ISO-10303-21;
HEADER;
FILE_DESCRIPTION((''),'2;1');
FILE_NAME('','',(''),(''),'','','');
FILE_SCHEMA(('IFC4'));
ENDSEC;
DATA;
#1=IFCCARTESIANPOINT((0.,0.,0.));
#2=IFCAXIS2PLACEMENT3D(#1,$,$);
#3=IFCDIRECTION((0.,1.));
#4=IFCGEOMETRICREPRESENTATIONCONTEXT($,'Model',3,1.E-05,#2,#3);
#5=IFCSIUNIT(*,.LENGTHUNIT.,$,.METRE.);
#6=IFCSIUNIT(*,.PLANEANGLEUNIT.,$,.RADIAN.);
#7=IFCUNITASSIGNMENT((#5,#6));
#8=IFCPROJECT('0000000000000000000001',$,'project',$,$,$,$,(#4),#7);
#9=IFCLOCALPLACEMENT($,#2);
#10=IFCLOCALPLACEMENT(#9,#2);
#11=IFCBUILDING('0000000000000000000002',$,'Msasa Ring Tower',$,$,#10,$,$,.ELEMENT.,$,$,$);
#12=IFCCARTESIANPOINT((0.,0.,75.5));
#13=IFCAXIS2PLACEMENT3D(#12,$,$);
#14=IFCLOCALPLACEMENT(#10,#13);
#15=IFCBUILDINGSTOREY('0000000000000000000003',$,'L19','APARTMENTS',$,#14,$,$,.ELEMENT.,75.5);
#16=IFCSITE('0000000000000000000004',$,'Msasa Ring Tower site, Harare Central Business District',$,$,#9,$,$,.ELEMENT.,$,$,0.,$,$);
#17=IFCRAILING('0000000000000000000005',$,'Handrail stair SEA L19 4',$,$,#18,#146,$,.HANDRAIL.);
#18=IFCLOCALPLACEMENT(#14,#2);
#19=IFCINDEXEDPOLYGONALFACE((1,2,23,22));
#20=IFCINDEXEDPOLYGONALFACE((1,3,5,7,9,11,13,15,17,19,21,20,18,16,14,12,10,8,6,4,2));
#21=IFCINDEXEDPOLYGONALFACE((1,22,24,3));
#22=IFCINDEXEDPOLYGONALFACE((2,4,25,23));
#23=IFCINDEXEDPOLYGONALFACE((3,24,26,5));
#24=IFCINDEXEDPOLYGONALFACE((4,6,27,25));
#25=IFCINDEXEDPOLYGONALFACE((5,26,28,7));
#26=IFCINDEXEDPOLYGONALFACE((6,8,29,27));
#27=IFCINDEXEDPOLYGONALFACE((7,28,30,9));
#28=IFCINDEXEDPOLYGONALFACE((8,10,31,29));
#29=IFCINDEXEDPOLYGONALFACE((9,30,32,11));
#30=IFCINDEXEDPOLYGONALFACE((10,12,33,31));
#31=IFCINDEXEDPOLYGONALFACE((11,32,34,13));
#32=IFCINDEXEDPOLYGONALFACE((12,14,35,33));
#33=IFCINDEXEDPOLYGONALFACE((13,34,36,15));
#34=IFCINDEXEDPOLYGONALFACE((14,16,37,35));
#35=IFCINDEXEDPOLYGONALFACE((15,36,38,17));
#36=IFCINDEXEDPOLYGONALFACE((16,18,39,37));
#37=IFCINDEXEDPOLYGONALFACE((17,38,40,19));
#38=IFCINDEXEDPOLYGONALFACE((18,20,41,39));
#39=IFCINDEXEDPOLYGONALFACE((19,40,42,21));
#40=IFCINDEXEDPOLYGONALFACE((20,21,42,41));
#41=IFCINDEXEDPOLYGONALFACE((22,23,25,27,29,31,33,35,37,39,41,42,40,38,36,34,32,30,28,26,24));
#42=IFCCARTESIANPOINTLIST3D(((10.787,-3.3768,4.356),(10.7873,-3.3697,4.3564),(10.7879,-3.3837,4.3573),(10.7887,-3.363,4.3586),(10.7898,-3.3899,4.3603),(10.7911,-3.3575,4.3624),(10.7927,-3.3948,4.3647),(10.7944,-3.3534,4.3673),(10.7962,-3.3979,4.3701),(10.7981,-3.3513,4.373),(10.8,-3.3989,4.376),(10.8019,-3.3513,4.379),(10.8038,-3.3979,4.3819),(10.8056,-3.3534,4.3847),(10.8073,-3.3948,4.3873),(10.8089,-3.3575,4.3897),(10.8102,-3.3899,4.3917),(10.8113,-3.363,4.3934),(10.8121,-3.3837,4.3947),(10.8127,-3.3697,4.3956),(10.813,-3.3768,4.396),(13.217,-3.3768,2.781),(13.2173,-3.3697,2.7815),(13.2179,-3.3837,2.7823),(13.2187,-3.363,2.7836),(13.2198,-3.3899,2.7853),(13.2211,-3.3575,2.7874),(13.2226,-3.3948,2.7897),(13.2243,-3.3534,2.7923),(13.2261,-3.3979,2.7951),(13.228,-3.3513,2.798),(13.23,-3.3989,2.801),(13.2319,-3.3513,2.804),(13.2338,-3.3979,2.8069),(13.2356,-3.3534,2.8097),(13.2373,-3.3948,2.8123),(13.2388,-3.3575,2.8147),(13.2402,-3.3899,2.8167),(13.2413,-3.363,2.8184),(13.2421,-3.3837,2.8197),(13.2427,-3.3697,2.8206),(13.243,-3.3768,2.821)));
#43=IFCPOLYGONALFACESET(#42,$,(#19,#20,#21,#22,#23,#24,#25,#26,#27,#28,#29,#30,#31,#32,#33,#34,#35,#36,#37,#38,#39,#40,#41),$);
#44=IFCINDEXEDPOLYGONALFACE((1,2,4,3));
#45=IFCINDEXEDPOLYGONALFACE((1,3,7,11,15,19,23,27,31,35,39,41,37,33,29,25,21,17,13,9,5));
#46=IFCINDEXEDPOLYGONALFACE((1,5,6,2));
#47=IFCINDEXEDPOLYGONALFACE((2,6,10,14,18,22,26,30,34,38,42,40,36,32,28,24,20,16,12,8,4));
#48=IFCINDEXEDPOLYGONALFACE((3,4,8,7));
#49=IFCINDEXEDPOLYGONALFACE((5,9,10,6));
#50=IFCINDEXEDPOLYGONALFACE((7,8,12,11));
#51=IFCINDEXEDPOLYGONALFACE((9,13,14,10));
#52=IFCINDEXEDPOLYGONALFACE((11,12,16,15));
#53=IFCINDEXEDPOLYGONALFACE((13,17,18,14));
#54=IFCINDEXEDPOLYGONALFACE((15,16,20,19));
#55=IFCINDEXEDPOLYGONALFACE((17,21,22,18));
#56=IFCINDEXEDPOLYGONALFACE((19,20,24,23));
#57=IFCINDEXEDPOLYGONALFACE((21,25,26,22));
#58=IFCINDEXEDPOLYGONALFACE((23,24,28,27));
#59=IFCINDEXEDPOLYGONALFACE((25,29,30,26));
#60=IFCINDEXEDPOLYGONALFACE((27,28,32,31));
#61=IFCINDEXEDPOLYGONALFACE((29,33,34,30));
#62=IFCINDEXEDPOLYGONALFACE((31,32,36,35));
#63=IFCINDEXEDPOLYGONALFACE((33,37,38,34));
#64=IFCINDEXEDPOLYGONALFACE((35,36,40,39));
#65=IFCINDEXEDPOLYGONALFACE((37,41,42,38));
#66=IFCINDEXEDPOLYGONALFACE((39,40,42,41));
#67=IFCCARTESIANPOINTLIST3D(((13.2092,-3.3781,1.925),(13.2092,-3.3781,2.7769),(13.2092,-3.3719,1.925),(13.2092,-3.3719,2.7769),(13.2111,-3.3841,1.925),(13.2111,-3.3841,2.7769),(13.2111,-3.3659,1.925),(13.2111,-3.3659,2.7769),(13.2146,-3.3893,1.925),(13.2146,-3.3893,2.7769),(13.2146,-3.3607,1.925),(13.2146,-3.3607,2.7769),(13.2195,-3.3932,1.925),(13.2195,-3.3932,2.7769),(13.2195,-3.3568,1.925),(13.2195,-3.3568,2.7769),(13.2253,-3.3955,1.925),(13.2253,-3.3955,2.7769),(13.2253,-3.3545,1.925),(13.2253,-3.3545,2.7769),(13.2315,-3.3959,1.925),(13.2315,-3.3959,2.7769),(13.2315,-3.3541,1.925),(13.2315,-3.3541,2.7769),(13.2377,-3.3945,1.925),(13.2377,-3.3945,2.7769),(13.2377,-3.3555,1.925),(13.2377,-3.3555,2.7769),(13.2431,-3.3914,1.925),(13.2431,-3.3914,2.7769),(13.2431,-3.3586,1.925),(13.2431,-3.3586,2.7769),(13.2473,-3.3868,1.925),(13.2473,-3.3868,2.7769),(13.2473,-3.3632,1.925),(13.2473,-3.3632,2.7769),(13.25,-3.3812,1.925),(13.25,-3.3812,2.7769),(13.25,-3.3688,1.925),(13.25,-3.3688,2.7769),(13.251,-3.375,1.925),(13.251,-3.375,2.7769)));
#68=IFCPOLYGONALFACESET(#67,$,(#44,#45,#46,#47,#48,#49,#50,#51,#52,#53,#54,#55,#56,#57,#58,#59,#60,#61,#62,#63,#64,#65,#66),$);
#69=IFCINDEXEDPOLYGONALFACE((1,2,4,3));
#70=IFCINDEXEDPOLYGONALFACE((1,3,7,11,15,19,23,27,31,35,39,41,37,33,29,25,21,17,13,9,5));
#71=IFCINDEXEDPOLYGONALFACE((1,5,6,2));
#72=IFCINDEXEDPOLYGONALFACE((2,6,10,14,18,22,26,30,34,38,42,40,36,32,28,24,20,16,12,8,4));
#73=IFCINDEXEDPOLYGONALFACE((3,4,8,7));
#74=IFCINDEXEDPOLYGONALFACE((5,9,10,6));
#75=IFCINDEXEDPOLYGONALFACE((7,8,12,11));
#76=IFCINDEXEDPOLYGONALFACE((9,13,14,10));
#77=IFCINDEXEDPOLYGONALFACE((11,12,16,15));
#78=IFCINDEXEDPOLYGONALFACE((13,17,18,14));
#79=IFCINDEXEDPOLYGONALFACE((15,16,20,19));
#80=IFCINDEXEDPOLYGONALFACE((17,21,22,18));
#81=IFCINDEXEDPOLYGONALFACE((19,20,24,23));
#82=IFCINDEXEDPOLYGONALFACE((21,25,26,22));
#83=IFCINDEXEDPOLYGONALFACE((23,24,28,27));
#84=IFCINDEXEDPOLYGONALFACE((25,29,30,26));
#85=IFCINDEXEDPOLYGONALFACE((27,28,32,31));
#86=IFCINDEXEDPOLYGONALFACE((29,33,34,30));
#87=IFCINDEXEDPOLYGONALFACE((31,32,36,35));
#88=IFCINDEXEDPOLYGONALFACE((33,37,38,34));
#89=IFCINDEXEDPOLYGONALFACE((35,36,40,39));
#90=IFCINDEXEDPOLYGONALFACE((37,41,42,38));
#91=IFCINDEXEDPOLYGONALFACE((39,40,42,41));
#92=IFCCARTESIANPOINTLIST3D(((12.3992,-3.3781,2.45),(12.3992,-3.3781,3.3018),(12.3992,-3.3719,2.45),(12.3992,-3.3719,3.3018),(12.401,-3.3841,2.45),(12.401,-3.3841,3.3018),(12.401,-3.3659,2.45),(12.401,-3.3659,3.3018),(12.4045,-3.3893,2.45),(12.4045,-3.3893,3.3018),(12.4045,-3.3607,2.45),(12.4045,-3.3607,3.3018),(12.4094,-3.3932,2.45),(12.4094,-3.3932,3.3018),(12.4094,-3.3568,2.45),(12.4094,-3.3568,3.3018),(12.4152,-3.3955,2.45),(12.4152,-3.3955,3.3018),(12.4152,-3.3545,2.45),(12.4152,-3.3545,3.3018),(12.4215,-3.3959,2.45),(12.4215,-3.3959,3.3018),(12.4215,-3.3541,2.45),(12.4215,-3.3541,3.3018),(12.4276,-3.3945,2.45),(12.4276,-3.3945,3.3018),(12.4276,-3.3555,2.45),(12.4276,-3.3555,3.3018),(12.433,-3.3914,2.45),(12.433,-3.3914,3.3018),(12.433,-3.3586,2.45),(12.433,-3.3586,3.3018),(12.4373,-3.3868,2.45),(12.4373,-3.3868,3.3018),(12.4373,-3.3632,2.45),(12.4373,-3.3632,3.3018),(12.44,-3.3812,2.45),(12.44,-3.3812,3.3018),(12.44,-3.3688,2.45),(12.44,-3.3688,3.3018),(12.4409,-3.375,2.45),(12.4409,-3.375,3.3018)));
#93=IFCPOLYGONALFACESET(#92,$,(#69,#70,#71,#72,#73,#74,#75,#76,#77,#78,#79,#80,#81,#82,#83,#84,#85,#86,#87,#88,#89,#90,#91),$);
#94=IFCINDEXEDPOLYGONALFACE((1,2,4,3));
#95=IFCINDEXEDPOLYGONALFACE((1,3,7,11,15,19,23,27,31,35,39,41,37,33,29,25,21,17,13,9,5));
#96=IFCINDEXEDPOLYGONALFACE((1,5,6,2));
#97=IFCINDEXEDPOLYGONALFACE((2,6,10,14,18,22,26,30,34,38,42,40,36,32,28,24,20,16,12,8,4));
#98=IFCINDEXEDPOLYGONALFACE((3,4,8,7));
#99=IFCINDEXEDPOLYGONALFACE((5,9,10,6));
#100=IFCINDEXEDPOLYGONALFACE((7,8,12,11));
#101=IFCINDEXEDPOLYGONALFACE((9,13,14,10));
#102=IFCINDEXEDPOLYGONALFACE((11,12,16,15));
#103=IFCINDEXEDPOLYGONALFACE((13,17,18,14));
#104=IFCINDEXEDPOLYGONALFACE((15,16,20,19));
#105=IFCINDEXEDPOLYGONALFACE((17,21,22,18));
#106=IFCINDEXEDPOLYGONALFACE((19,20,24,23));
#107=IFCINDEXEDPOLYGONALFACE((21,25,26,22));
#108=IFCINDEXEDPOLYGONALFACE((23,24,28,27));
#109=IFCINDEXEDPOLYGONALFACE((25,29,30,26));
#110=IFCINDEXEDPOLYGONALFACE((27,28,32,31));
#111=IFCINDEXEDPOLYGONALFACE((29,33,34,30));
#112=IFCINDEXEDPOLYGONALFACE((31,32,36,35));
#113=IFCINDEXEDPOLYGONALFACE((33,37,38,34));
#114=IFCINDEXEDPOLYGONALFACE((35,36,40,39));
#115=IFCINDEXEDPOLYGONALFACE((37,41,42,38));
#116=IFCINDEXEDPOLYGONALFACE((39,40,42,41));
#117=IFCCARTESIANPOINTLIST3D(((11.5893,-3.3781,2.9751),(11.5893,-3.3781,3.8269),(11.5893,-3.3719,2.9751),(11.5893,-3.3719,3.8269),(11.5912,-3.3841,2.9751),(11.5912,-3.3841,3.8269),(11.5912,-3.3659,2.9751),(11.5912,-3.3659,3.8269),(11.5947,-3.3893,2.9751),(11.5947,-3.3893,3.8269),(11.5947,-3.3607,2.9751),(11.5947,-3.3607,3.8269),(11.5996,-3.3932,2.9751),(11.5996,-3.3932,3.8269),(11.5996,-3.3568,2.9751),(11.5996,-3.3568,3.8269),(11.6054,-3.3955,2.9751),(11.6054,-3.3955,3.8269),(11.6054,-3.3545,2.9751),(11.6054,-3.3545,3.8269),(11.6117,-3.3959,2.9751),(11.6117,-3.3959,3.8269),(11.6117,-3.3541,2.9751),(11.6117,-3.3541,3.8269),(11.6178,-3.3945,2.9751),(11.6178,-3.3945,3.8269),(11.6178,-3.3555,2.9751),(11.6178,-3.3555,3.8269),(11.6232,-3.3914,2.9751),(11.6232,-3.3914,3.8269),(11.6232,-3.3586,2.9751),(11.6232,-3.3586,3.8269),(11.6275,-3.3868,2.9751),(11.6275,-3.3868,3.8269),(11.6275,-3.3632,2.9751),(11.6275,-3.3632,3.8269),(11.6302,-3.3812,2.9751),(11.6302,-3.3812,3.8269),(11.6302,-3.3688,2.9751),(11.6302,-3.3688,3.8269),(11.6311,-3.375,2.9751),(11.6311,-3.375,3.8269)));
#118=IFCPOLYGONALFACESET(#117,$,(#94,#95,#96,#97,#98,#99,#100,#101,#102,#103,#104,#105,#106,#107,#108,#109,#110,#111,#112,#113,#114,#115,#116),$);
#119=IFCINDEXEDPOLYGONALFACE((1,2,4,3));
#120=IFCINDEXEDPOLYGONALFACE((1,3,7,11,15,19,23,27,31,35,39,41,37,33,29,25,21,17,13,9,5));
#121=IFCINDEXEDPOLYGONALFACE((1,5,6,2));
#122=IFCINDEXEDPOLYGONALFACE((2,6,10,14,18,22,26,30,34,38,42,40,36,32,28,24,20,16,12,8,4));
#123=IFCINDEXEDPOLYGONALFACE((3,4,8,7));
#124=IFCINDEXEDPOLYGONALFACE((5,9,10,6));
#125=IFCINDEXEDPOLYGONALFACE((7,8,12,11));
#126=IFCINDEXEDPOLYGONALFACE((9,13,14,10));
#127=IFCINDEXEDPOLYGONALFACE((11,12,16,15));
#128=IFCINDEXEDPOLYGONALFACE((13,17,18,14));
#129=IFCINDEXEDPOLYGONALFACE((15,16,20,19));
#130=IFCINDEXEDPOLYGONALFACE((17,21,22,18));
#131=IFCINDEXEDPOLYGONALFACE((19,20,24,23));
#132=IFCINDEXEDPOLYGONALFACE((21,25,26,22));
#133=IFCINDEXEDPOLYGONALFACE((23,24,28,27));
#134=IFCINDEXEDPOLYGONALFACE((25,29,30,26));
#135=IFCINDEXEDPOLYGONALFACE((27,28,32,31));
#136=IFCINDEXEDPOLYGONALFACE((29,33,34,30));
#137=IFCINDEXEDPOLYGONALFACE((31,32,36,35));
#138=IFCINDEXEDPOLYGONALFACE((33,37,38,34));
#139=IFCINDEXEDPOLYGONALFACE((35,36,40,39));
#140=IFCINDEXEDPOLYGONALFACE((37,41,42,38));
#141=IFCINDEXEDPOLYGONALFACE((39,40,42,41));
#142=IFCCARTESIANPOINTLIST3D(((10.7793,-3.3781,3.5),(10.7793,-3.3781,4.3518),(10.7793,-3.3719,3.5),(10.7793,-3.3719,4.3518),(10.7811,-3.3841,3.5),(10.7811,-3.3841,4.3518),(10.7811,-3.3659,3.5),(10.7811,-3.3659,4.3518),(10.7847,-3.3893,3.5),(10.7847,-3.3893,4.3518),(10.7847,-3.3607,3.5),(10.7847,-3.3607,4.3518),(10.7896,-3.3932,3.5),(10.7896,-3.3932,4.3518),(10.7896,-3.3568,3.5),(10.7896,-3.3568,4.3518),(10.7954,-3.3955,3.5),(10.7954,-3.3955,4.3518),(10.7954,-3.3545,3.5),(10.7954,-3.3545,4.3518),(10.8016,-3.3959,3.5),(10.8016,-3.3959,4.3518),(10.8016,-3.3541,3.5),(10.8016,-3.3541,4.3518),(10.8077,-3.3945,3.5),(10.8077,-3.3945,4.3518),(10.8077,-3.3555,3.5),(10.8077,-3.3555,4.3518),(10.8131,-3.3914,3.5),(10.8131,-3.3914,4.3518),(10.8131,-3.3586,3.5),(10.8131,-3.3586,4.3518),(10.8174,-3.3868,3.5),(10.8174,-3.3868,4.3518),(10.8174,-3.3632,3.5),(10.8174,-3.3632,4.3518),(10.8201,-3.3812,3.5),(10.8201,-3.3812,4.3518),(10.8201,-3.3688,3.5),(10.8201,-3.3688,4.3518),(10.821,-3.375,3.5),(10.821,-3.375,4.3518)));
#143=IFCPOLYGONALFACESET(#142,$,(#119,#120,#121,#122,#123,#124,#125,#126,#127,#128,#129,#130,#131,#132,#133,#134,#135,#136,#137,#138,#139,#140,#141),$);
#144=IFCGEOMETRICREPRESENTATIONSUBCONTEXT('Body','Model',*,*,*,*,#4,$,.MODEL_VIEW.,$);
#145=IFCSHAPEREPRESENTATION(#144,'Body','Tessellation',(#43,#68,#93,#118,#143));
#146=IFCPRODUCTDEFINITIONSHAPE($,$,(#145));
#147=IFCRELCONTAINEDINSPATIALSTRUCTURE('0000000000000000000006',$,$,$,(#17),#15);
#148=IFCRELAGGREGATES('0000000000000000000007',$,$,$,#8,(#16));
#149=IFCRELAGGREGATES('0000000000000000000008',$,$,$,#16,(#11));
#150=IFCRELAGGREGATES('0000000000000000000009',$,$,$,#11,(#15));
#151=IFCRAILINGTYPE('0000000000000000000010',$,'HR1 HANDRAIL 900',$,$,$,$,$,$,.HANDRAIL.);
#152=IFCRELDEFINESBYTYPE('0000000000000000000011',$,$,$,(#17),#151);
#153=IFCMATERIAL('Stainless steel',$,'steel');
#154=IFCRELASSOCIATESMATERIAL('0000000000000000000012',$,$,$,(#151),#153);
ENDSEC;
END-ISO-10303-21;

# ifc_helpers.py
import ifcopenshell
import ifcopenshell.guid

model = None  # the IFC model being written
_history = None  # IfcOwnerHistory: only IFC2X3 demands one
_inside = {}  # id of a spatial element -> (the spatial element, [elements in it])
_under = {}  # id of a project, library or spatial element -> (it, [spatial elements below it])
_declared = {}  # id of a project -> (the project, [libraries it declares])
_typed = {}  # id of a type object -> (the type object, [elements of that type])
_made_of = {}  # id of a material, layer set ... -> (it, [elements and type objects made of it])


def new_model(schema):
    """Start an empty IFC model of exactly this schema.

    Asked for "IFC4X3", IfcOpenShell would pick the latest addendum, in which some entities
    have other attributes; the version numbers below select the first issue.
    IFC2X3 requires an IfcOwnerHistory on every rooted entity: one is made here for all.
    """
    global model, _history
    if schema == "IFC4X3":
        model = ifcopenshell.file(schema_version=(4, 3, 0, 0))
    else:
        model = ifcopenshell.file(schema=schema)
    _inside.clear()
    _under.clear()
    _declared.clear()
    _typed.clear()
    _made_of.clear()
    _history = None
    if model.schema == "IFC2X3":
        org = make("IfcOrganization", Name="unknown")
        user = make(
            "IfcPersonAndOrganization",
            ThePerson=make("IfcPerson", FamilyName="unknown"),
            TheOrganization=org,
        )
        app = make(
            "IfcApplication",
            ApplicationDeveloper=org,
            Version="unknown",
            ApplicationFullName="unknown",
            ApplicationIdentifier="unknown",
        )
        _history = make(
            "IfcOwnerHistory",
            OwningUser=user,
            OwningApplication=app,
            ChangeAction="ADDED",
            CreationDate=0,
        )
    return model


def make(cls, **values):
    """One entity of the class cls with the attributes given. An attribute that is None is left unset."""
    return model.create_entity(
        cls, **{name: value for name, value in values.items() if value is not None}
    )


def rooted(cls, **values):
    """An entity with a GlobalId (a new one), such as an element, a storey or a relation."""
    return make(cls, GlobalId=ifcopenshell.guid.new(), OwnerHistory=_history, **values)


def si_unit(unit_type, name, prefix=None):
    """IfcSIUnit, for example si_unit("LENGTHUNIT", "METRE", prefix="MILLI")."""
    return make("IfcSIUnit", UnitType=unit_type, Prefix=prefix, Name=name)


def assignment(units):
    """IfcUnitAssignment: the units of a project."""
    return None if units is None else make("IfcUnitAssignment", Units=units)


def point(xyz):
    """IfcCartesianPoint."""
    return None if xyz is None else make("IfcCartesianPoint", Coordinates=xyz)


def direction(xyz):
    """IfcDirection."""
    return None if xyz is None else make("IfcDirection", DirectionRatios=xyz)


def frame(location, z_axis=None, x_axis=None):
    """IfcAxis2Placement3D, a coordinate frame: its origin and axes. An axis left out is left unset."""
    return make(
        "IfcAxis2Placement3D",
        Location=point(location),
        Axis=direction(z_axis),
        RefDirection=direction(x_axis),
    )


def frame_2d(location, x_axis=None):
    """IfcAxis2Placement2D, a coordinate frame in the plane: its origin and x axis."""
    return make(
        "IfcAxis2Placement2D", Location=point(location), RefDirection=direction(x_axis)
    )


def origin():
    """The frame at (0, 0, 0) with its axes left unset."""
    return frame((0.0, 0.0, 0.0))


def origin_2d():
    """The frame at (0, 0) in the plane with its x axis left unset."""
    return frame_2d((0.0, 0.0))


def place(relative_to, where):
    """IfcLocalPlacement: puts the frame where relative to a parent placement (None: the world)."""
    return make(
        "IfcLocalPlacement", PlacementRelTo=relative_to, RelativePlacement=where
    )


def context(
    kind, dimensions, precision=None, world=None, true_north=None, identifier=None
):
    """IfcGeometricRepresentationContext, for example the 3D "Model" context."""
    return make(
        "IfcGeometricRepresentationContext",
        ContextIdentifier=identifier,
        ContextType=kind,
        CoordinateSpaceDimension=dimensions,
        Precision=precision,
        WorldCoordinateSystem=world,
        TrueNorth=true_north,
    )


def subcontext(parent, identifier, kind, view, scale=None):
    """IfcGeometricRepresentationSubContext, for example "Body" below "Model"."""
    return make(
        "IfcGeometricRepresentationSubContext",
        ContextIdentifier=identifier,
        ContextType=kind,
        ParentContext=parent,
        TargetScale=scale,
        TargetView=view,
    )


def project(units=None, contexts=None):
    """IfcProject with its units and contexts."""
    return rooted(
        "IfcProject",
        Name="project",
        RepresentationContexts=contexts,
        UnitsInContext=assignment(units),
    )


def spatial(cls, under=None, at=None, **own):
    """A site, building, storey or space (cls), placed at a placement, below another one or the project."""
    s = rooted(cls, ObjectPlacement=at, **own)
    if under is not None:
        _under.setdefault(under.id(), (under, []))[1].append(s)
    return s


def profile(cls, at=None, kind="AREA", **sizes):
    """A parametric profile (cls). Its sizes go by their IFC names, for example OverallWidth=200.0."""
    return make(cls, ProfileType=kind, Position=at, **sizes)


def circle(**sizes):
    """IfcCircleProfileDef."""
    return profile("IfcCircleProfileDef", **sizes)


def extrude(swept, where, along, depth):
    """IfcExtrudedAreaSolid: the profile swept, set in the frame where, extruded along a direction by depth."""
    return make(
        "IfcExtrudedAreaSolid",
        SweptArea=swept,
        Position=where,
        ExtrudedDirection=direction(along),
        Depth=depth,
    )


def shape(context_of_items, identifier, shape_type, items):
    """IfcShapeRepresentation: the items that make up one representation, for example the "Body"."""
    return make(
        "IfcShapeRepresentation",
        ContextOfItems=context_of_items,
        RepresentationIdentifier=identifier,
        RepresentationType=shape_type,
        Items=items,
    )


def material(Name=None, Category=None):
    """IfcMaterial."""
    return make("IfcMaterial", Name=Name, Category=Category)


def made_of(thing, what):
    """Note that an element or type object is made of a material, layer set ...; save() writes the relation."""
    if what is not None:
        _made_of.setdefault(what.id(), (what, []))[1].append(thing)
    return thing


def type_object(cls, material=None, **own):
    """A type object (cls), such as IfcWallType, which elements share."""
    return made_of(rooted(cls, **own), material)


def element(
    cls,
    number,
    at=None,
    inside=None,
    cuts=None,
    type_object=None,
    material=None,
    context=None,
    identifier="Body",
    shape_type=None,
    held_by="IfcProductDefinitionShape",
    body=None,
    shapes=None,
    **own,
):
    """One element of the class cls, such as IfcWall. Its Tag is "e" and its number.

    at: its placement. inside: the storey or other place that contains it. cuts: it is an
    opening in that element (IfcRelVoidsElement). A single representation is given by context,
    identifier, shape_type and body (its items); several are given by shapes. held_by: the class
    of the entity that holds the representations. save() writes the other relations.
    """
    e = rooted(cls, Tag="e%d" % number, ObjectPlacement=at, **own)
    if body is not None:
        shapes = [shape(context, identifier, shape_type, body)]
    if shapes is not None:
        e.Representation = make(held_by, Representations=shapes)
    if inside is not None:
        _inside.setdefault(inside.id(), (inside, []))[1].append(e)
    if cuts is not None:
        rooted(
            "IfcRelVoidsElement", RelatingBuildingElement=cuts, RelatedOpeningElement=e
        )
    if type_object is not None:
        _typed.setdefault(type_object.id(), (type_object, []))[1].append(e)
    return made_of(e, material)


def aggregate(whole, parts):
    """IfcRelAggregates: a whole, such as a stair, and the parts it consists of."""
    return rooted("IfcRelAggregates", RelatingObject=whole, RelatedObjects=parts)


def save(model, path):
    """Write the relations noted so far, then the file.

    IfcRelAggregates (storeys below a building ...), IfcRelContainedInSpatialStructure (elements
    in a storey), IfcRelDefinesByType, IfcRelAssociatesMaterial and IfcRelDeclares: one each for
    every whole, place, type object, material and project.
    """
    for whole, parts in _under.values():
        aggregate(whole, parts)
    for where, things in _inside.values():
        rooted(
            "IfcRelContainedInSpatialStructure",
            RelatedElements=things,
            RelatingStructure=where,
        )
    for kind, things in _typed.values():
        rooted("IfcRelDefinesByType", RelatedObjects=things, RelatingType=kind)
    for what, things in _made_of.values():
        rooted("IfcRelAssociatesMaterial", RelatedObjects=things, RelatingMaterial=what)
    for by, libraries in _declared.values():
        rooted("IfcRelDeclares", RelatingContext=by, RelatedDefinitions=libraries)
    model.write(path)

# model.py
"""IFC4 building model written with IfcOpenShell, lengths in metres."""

from ifc_helpers import new_model, si_unit, direction, frame, origin, origin_2d, place, context, subcontext, project, spatial, circle, extrude, material, type_object, element, save


model = new_model("IFC4")

# Units and contexts
model_context = context("Model", 3, precision=1e-05, world=origin(), true_north=direction((0.0, 1.0)))
body_context = subcontext(model_context, "Body", "Model", "MODEL_VIEW")
ifc_project = project(units=[si_unit("LENGTHUNIT", "METRE"), si_unit("PLANEANGLEUNIT", "RADIAN")], contexts=[model_context])

# Site, building, storey
site_placement = place(None, origin())
site = spatial("IfcSite", under=ifc_project, at=site_placement, Name="Msasa Ring Tower site, Harare Central Business District", CompositionType="ELEMENT", RefElevation=0.0)
building_placement = place(site_placement, origin())
building = spatial("IfcBuilding", under=site, at=building_placement, Name="Msasa Ring Tower", CompositionType="ELEMENT")
storey_placement = place(building_placement, frame((0.0, 0.0, 75.5)))
storey = spatial("IfcBuildingStorey", under=building, at=storey_placement, Name="L19", Description="APARTMENTS", CompositionType="ELEMENT", Elevation=75.5)

# Railing
ifc_material_1 = material(Name="Stainless steel", Category="steel")
railing_type = type_object("IfcRailingType", Name="HR1 HANDRAIL 900", PredefinedType="HANDRAIL", material=ifc_material_1)
railing_placement = place(storey_placement, frame((13.23, -3.375, 1.925)))
element("IfcRailing", 1, at=railing_placement, inside=storey, type_object=railing_type, Name="Handrail stair SEA L19 4", PredefinedType="HANDRAIL", context=body_context, shape_type="SweptSolid", body=[
    extrude(circle(Radius=0.0239, at=origin_2d()), frame((0.0, 0.0, 0.876), z_axis=(-0.839154, 0.0, 0.543894), x_axis=(0.0, -1.0, 0.0)), (0.0, 0.0, 1.0), 2.8958),
    extrude(circle(Radius=0.021, at=origin_2d()), origin(), (0.0, 0.0, 1.0), 0.8518),
    extrude(circle(Radius=0.021, at=origin_2d()), frame((-0.8101, 0.0, 0.5249)), (0.0, 0.0, 1.0), 0.8518),
    extrude(circle(Radius=0.021, at=origin_2d()), frame((-1.6199, 0.0, 1.05)), (0.0, 0.0, 1.0), 0.8518),
    extrude(circle(Radius=0.021, at=origin_2d()), frame((-2.4299, 0.0, 1.575)), (0.0, 0.0, 1.0), 0.8518),
])

save(model, "model.ifc")
